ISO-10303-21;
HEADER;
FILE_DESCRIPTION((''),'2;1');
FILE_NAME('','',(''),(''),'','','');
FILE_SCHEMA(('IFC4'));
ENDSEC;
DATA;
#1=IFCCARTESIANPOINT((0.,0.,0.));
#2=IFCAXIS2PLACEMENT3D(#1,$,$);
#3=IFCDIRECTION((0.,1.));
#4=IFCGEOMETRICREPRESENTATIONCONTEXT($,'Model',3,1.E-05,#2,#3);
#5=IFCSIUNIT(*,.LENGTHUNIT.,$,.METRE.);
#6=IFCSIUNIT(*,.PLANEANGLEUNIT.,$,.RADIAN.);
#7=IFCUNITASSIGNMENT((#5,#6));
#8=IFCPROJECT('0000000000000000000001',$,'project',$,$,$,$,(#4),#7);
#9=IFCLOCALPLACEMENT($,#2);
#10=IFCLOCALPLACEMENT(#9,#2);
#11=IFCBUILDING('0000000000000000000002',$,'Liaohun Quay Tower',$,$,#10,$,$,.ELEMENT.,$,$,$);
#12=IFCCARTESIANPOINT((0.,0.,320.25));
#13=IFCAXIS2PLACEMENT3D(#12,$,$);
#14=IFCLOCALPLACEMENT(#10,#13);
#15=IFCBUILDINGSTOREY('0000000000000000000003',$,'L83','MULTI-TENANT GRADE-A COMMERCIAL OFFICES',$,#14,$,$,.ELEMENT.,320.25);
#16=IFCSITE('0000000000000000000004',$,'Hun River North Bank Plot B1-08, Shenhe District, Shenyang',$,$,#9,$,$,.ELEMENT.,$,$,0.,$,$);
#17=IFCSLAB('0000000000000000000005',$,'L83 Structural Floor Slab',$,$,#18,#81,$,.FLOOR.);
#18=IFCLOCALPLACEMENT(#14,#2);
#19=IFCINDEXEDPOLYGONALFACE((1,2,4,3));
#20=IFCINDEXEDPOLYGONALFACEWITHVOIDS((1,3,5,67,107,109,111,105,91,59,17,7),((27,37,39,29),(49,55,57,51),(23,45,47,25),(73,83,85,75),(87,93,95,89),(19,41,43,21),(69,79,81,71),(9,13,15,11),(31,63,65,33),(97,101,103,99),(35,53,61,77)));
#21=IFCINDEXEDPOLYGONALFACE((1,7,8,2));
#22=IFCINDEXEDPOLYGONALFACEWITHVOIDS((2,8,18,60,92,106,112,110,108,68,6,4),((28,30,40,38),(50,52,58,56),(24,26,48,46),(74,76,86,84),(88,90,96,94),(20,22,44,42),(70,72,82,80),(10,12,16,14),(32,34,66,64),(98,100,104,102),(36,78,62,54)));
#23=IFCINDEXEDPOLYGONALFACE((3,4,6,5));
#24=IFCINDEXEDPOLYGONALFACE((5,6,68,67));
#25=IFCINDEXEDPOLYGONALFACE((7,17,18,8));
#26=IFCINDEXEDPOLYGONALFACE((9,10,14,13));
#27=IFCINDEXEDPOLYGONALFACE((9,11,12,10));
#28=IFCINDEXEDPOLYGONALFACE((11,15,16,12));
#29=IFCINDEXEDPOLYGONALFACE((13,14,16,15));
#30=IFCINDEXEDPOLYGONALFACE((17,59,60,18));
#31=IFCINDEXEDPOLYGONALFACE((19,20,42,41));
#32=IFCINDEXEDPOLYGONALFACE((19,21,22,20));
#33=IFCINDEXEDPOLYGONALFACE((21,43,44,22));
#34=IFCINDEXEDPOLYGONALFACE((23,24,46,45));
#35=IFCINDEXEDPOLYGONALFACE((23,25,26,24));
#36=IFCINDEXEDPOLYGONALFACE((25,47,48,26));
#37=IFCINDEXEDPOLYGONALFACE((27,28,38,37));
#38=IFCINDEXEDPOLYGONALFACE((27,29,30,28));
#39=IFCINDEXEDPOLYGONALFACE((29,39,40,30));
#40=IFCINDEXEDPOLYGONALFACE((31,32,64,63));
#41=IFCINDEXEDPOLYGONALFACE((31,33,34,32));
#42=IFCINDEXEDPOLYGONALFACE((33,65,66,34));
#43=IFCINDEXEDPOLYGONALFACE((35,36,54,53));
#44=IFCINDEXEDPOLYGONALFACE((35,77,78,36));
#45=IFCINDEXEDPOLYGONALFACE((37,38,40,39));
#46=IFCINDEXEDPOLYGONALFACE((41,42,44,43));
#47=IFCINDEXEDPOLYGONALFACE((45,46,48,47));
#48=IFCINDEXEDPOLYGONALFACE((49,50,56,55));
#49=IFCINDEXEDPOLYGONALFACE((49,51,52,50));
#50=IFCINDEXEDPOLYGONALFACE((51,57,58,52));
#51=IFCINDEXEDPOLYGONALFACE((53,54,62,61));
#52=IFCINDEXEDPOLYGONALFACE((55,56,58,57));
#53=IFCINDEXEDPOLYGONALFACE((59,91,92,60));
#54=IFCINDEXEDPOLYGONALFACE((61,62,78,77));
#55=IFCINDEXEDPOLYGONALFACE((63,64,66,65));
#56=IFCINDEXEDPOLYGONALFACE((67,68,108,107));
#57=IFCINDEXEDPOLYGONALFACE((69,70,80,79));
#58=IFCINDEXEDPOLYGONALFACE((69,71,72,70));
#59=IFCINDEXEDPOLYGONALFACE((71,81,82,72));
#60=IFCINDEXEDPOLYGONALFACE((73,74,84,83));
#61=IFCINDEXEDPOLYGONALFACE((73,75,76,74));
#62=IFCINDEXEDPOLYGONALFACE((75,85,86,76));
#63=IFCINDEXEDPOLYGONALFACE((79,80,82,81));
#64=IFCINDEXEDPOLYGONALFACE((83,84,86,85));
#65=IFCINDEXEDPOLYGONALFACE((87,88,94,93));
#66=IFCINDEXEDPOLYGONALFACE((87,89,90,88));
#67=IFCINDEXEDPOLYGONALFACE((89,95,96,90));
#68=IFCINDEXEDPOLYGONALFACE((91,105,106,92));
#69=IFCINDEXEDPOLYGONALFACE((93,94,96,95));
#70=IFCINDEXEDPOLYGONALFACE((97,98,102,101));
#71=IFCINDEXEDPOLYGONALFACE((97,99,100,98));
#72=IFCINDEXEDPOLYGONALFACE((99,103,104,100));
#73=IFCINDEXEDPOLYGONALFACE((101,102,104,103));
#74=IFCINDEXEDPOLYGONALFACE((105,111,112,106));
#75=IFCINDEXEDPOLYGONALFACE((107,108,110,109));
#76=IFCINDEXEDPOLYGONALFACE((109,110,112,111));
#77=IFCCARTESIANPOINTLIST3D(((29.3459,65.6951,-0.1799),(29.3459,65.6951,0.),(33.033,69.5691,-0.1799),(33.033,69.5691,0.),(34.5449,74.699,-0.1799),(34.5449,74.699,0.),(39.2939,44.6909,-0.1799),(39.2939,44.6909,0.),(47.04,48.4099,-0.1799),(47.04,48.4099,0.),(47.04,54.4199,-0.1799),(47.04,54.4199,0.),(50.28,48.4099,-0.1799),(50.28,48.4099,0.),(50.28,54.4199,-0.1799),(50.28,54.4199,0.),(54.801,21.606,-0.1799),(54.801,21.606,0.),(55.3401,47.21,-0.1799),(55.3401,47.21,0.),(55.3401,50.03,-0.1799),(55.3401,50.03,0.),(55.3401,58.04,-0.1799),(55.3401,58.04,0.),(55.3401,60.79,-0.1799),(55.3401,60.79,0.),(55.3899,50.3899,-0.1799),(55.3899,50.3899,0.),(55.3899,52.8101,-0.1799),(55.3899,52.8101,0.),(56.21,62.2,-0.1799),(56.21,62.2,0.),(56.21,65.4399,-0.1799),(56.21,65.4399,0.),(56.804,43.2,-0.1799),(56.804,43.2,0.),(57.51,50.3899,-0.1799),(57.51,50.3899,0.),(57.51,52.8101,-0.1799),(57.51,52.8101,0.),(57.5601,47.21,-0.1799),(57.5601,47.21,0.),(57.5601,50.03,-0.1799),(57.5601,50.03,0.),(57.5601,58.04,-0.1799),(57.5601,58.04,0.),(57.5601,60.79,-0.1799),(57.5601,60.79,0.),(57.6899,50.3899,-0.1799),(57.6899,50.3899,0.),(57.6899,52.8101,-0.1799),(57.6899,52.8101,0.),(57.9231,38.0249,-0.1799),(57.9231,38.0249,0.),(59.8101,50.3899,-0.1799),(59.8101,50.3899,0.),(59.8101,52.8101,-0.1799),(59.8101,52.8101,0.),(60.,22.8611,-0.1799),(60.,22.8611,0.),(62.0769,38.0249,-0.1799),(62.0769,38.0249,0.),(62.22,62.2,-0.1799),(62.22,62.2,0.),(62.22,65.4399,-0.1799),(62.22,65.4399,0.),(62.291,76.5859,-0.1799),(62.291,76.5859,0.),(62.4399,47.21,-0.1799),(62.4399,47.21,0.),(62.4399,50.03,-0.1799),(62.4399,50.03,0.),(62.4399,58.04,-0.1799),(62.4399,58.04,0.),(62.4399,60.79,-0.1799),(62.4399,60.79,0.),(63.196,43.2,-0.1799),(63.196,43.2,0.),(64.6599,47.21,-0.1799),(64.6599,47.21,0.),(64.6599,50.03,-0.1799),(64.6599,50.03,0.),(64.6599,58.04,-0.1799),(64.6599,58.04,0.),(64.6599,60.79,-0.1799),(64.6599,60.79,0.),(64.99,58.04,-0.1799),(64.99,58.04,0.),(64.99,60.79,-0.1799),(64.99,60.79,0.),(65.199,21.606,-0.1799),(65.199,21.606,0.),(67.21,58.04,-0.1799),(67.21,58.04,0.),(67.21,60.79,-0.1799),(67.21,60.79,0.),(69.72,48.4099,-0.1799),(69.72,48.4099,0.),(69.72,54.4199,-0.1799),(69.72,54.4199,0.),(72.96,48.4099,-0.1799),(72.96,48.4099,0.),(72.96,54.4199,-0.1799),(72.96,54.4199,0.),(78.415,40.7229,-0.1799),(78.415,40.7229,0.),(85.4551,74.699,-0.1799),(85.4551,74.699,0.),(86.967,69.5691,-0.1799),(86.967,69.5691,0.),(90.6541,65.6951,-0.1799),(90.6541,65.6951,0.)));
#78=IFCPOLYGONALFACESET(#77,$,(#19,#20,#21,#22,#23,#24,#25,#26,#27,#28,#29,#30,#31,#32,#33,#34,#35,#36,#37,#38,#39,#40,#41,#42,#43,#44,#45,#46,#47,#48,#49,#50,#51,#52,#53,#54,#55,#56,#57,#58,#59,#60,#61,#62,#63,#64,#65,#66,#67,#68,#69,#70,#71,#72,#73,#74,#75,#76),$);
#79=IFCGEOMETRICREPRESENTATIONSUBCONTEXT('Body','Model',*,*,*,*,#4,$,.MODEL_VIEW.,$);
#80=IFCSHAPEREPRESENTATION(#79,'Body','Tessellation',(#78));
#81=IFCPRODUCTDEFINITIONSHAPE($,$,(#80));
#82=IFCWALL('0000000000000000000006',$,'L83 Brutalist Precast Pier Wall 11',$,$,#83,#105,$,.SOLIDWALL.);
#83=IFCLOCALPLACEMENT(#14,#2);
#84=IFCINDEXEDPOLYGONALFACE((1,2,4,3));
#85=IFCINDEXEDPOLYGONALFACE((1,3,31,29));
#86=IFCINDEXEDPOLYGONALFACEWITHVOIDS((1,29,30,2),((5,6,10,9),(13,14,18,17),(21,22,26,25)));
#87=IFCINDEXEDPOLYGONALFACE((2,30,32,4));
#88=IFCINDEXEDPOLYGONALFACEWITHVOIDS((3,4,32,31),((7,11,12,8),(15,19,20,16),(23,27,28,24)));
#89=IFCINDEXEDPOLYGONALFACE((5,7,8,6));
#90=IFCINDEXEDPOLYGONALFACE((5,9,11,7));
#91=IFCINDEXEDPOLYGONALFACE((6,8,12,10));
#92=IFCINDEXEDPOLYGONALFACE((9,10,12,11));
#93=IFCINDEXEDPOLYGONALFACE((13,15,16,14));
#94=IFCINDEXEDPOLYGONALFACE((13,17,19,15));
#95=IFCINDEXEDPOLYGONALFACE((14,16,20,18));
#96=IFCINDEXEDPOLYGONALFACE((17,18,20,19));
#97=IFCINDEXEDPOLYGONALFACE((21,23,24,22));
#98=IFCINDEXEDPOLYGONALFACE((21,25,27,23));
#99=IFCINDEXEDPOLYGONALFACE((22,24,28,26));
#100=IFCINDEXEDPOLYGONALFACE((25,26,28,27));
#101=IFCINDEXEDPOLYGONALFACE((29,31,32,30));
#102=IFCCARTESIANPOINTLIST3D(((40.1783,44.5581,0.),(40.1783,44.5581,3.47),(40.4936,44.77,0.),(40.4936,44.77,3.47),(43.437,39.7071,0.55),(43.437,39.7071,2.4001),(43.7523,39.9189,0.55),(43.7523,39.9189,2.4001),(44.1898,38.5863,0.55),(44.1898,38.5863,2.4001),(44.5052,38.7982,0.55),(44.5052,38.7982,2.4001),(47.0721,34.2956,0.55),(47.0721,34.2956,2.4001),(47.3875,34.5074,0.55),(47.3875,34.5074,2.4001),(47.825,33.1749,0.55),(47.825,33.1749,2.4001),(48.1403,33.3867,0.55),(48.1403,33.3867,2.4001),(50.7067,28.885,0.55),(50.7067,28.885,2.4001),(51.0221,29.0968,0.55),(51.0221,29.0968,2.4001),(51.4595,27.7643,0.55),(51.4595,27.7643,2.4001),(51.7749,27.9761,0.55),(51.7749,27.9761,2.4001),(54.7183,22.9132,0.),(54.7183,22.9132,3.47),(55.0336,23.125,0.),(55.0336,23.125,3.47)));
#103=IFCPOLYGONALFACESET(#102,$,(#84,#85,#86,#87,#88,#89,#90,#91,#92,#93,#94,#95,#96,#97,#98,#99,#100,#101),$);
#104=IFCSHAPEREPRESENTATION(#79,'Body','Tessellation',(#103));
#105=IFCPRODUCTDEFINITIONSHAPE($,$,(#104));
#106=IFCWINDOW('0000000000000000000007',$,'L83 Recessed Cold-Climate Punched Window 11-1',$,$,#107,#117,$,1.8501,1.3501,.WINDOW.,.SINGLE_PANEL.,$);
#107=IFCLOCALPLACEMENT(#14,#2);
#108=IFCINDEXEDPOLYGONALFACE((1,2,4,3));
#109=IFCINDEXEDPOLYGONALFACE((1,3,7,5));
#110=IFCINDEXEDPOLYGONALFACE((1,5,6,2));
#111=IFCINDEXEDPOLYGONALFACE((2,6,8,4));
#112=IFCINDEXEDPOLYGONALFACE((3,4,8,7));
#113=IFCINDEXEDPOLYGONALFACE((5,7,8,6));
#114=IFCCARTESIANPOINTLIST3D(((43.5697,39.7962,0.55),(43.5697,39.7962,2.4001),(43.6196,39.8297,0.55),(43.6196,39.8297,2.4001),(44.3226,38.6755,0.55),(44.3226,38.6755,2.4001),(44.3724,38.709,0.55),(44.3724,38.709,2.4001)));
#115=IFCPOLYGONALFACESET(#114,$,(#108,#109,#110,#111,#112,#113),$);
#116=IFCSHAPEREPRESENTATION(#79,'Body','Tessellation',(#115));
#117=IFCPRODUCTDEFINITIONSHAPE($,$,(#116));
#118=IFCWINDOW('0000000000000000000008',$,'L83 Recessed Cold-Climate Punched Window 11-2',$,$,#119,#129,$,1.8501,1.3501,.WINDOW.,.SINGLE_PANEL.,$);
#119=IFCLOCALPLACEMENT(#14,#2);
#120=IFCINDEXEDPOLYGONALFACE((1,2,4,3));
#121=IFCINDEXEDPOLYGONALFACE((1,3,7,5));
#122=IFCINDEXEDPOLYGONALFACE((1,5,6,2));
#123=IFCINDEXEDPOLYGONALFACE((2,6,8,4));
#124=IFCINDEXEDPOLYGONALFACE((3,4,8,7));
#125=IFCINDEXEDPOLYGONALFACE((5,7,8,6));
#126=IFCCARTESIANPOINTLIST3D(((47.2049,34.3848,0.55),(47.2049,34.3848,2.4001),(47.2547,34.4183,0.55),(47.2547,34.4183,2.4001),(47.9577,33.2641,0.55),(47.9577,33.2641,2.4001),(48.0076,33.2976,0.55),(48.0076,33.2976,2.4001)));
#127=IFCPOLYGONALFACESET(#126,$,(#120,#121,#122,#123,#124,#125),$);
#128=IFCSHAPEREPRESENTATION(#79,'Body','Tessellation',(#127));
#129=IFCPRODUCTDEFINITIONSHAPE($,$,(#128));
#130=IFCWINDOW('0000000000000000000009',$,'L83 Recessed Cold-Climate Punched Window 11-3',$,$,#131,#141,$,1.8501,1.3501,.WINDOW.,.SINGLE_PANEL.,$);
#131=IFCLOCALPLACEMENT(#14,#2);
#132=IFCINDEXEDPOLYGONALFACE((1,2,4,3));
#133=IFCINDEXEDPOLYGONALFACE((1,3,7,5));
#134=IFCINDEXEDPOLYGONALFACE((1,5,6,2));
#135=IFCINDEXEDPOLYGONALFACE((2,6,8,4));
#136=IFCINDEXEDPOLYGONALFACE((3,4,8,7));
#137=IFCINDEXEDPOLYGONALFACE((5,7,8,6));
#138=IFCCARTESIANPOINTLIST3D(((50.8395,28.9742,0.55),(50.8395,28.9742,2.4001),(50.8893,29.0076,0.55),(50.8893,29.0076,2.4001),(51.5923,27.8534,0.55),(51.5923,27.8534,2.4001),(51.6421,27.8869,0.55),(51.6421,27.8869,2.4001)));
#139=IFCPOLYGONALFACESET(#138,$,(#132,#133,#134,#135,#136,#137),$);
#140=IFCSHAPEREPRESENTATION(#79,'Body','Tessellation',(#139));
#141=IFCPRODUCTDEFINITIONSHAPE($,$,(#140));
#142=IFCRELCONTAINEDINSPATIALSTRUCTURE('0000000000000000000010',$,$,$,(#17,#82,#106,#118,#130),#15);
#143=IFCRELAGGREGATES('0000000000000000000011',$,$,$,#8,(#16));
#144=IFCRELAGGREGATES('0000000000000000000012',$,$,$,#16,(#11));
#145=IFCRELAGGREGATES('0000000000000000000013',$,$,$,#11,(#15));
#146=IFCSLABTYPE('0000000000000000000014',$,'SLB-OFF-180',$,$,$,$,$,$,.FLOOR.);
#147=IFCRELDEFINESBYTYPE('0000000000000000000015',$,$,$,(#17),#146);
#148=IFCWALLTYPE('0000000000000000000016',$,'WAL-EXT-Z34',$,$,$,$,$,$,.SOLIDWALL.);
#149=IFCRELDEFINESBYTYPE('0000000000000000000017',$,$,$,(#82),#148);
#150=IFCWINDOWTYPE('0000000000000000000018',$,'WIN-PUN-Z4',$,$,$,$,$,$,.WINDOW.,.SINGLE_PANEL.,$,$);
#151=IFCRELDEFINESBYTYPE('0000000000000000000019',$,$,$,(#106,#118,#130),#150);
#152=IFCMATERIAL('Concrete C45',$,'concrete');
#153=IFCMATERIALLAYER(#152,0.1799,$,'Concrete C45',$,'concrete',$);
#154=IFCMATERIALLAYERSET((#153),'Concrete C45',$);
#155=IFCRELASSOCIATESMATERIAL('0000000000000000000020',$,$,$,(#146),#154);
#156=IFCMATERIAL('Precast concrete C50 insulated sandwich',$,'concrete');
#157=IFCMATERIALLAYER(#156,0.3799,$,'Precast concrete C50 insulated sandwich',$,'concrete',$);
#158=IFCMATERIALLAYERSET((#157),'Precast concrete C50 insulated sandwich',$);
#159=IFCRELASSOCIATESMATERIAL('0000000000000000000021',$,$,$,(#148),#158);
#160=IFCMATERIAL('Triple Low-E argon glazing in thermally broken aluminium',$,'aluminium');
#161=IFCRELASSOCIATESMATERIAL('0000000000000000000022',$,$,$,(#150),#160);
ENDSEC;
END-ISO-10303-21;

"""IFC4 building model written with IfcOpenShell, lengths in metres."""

from ifc_helpers import new_model, si_unit, direction, frame, frame_2d, origin, place, context, subcontext, project, spatial, polyline, rectangle, outline, extrude, source, transform, mapped, material, layer, layer_set, type_object, element, fill, save


model = new_model("IFC4")

# Units and contexts
model_context = context("Model", 3, precision=1e-05, world=origin(), true_north=direction((0.0, 1.0)))
body_context = subcontext(model_context, "Body", "Model", "MODEL_VIEW")
ifc_project = project(units=[si_unit("LENGTHUNIT", "METRE"), si_unit("PLANEANGLEUNIT", "RADIAN")], contexts=[model_context])

# Site, building, storey
site_placement = place(None, origin())
site = spatial("IfcSite", under=ifc_project, at=site_placement, Name="Hun River North Bank Plot B1-08, Shenhe District, Shenyang", CompositionType="ELEMENT", RefElevation=0.0)
building_placement = place(site_placement, origin())
building = spatial("IfcBuilding", under=site, at=building_placement, Name="Liaohun Quay Tower", CompositionType="ELEMENT")
storey_placement = place(building_placement, frame((0.0, 0.0, 320.25)))
storey = spatial("IfcBuildingStorey", under=building, at=storey_placement, Name="L83", Description="MULTI-TENANT GRADE-A COMMERCIAL OFFICES", CompositionType="ELEMENT", Elevation=320.25)

# Shared definitions
ifc_material_1 = material(Name="Concrete C45", Category="concrete")

# Slab
ifc_layer_1 = layer(ifc_material_1, 0.1799, Name="Concrete C45", Category="concrete")
ifc_layer_set_1 = layer_set([ifc_layer_1], Name="Concrete C45")
slab_type_1 = type_object("IfcSlabType", Name="SLB-OFF-180", PredefinedType="FLOOR", material=ifc_layer_set_1)
slab_1_placement = place(storey_placement, frame((0.0, 0.0, -0.1799)))
element("IfcSlab", 1, at=slab_1_placement, inside=storey, type_object=slab_type_1, Name="L83 Structural Floor Slab", PredefinedType="FLOOR", context=body_context, shape_type="SweptSolid", body=[
    extrude(outline(polyline([(54.801, 21.606), (60.0, 22.8611), (65.199, 21.606), (78.415, 40.7229), (90.6541, 65.6951), (86.967, 69.5691), (85.4551, 74.699), (62.291, 76.5859), (34.5449, 74.699), (33.033, 69.5691), (29.3459, 65.6951), (39.2939, 44.6909), (54.801, 21.606)]), holes=[polyline([(57.5601, 50.03), (55.3401, 50.03), (55.3401, 47.21), (57.5601, 47.21), (57.5601, 50.03)]), polyline([(47.04, 54.4199), (47.04, 48.4099), (50.28, 48.4099), (50.28, 54.4199), (47.04, 54.4199)]), polyline([(57.51, 52.8101), (55.3899, 52.8101), (55.3899, 50.3899), (57.51, 50.3899), (57.51, 52.8101)]), polyline([(59.8101, 50.3899), (59.8101, 52.8101), (57.6899, 52.8101), (57.6899, 50.3899), (59.8101, 50.3899)]), polyline([(57.5601, 58.04), (57.5601, 60.79), (55.3401, 60.79), (55.3401, 58.04), (57.5601, 58.04)]), polyline([(62.22, 65.4399), (56.21, 65.4399), (56.21, 62.2), (62.22, 62.2), (62.22, 65.4399)]), polyline([(62.0769, 38.0249), (63.196, 43.2), (56.804, 43.2), (57.9231, 38.0249), (62.0769, 38.0249)]), polyline([(64.6599, 47.21), (64.6599, 50.03), (62.4399, 50.03), (62.4399, 47.21), (64.6599, 47.21)]), polyline([(69.72, 54.4199), (69.72, 48.4099), (72.96, 48.4099), (72.96, 54.4199), (69.72, 54.4199)]), polyline([(64.6599, 58.04), (64.6599, 60.79), (62.4399, 60.79), (62.4399, 58.04), (64.6599, 58.04)]), polyline([(67.21, 58.04), (67.21, 60.79), (64.99, 60.79), (64.99, 58.04), (67.21, 58.04)])]), origin(), (0.0, 0.0, 1.0), 0.1799),
])

# Wall, openings, windows
ifc_material_2 = material(Name="Precast concrete C50 insulated sandwich", Category="concrete")
ifc_layer_2 = layer(ifc_material_2, 0.3799, Name="Precast concrete C50 insulated sandwich", Category="concrete")
ifc_layer_set_2 = layer_set([ifc_layer_2], Name="Precast concrete C50 insulated sandwich")
wall_type_1 = type_object("IfcWallType", Name="WAL-EXT-Z34", PredefinedType="SOLIDWALL", material=ifc_layer_set_2)
wall_1_placement = place(storey_placement, frame((40.3359, 44.6641, 0.0), z_axis=(0.0, 0.0, 1.0), x_axis=(0.557618, -0.830098, 0.0)))
wall_1 = element("IfcWall", 2, at=wall_1_placement, inside=storey, type_object=wall_type_1, Name="L83 Brutalist Precast Pier Wall 11", PredefinedType="SOLIDWALL", context=body_context, shape_type="SweptSolid", body=[
    extrude(rectangle(XDim=26.0752, YDim=0.3799, at=frame_2d((13.0376, 0.0))), origin(), (0.0, 0.0, 1.0), 3.47),
])
shared_shape_1 = source(origin(), body_context, "Body", "SweptSolid", [
    extrude(rectangle(XDim=1.3501, YDim=1.8501, at=frame_2d((0.675, 0.925))), frame((0.0, 0.2, 0.0), z_axis=(0.0, -1.0, 0.0), x_axis=(1.0, 0.0, 0.0)), (0.0, 0.0, 1.0), 0.3999),
])
opening_1_placement = place(wall_1_placement, frame((5.844, 0.0, 0.55)))
opening_1 = element("IfcOpeningElement", 3, at=opening_1_placement, cuts=wall_1, PredefinedType="OPENING", context=body_context, shape_type="MappedRepresentation", body=[
    mapped(shared_shape_1, transform((0.0, 0.0, 0.0), x_axis=(1.0, 0.0, 0.0), y_axis=(0.0, 1.0, 0.0), z_axis=(0.0, 0.0, 1.0), scale=1.0)),
])
opening_2_placement = place(wall_1_placement, frame((12.363, 0.0, 0.55)))
opening_2 = element("IfcOpeningElement", 4, at=opening_2_placement, cuts=wall_1, PredefinedType="OPENING", context=body_context, shape_type="MappedRepresentation", body=[
    mapped(shared_shape_1, transform((0.0, 0.0, 0.0), x_axis=(1.0, 0.0, 0.0), y_axis=(0.0, 1.0, 0.0), z_axis=(0.0, 0.0, 1.0), scale=1.0)),
])
opening_3_placement = place(wall_1_placement, frame((18.8811, 0.0, 0.55)))
opening_3 = element("IfcOpeningElement", 5, at=opening_3_placement, cuts=wall_1, PredefinedType="OPENING", context=body_context, shape_type="MappedRepresentation", body=[
    mapped(shared_shape_1, transform((0.0, 0.0, 0.0), x_axis=(1.0, 0.0, 0.0), y_axis=(0.0, 1.0, 0.0), z_axis=(0.0, 0.0, 1.0), scale=1.0)),
])
ifc_material_3 = material(Name="Triple Low-E argon glazing in thermally broken aluminium", Category="aluminium")
window_type = type_object("IfcWindowType", Name="WIN-PUN-Z4", PartitioningType="SINGLE_PANEL", PredefinedType="WINDOW", material=ifc_material_3)
shared_shape_2 = source(origin(), body_context, "Body", "SweptSolid", [
    extrude(rectangle(XDim=1.3501, YDim=1.8501, at=frame_2d((0.675, 0.925))), frame((0.0, 0.03, 0.0), z_axis=(0.0, -1.0, 0.0), x_axis=(1.0, 0.0, 0.0)), (0.0, 0.0, 1.0), 0.0601),
])
window_1_placement = place(opening_1_placement, origin())
window_1 = element("IfcWindow", 6, at=window_1_placement, inside=storey, type_object=window_type, Name="L83 Recessed Cold-Climate Punched Window 11-1", OverallHeight=1.8501, OverallWidth=1.3501, PartitioningType="SINGLE_PANEL", PredefinedType="WINDOW", context=body_context, shape_type="MappedRepresentation", body=[
    mapped(shared_shape_2, transform((0.0, 0.0, 0.0), x_axis=(1.0, 0.0, 0.0), y_axis=(0.0, 1.0, 0.0), z_axis=(0.0, 0.0, 1.0), scale=1.0)),
])
fill(opening_1, window_1)
window_2_placement = place(opening_2_placement, origin())
window_2 = element("IfcWindow", 7, at=window_2_placement, inside=storey, type_object=window_type, Name="L83 Recessed Cold-Climate Punched Window 11-2", OverallHeight=1.8501, OverallWidth=1.3501, PartitioningType="SINGLE_PANEL", PredefinedType="WINDOW", context=body_context, shape_type="MappedRepresentation", body=[
    mapped(shared_shape_2, transform((0.0, 0.0, 0.0), x_axis=(1.0, 0.0, 0.0), y_axis=(0.0, 1.0, 0.0), z_axis=(0.0, 0.0, 1.0), scale=1.0)),
])
fill(opening_2, window_2)
window_3_placement = place(opening_3_placement, origin())
window_3 = element("IfcWindow", 8, at=window_3_placement, inside=storey, type_object=window_type, Name="L83 Recessed Cold-Climate Punched Window 11-3", OverallHeight=1.8501, OverallWidth=1.3501, PartitioningType="SINGLE_PANEL", PredefinedType="WINDOW", context=body_context, shape_type="MappedRepresentation", body=[
    mapped(shared_shape_2, transform((0.0, 0.0, 0.0), x_axis=(1.0, 0.0, 0.0), y_axis=(0.0, 1.0, 0.0), z_axis=(0.0, 0.0, 1.0), scale=1.0)),
])
fill(opening_3, window_3)

save(model, "model.ifc")
